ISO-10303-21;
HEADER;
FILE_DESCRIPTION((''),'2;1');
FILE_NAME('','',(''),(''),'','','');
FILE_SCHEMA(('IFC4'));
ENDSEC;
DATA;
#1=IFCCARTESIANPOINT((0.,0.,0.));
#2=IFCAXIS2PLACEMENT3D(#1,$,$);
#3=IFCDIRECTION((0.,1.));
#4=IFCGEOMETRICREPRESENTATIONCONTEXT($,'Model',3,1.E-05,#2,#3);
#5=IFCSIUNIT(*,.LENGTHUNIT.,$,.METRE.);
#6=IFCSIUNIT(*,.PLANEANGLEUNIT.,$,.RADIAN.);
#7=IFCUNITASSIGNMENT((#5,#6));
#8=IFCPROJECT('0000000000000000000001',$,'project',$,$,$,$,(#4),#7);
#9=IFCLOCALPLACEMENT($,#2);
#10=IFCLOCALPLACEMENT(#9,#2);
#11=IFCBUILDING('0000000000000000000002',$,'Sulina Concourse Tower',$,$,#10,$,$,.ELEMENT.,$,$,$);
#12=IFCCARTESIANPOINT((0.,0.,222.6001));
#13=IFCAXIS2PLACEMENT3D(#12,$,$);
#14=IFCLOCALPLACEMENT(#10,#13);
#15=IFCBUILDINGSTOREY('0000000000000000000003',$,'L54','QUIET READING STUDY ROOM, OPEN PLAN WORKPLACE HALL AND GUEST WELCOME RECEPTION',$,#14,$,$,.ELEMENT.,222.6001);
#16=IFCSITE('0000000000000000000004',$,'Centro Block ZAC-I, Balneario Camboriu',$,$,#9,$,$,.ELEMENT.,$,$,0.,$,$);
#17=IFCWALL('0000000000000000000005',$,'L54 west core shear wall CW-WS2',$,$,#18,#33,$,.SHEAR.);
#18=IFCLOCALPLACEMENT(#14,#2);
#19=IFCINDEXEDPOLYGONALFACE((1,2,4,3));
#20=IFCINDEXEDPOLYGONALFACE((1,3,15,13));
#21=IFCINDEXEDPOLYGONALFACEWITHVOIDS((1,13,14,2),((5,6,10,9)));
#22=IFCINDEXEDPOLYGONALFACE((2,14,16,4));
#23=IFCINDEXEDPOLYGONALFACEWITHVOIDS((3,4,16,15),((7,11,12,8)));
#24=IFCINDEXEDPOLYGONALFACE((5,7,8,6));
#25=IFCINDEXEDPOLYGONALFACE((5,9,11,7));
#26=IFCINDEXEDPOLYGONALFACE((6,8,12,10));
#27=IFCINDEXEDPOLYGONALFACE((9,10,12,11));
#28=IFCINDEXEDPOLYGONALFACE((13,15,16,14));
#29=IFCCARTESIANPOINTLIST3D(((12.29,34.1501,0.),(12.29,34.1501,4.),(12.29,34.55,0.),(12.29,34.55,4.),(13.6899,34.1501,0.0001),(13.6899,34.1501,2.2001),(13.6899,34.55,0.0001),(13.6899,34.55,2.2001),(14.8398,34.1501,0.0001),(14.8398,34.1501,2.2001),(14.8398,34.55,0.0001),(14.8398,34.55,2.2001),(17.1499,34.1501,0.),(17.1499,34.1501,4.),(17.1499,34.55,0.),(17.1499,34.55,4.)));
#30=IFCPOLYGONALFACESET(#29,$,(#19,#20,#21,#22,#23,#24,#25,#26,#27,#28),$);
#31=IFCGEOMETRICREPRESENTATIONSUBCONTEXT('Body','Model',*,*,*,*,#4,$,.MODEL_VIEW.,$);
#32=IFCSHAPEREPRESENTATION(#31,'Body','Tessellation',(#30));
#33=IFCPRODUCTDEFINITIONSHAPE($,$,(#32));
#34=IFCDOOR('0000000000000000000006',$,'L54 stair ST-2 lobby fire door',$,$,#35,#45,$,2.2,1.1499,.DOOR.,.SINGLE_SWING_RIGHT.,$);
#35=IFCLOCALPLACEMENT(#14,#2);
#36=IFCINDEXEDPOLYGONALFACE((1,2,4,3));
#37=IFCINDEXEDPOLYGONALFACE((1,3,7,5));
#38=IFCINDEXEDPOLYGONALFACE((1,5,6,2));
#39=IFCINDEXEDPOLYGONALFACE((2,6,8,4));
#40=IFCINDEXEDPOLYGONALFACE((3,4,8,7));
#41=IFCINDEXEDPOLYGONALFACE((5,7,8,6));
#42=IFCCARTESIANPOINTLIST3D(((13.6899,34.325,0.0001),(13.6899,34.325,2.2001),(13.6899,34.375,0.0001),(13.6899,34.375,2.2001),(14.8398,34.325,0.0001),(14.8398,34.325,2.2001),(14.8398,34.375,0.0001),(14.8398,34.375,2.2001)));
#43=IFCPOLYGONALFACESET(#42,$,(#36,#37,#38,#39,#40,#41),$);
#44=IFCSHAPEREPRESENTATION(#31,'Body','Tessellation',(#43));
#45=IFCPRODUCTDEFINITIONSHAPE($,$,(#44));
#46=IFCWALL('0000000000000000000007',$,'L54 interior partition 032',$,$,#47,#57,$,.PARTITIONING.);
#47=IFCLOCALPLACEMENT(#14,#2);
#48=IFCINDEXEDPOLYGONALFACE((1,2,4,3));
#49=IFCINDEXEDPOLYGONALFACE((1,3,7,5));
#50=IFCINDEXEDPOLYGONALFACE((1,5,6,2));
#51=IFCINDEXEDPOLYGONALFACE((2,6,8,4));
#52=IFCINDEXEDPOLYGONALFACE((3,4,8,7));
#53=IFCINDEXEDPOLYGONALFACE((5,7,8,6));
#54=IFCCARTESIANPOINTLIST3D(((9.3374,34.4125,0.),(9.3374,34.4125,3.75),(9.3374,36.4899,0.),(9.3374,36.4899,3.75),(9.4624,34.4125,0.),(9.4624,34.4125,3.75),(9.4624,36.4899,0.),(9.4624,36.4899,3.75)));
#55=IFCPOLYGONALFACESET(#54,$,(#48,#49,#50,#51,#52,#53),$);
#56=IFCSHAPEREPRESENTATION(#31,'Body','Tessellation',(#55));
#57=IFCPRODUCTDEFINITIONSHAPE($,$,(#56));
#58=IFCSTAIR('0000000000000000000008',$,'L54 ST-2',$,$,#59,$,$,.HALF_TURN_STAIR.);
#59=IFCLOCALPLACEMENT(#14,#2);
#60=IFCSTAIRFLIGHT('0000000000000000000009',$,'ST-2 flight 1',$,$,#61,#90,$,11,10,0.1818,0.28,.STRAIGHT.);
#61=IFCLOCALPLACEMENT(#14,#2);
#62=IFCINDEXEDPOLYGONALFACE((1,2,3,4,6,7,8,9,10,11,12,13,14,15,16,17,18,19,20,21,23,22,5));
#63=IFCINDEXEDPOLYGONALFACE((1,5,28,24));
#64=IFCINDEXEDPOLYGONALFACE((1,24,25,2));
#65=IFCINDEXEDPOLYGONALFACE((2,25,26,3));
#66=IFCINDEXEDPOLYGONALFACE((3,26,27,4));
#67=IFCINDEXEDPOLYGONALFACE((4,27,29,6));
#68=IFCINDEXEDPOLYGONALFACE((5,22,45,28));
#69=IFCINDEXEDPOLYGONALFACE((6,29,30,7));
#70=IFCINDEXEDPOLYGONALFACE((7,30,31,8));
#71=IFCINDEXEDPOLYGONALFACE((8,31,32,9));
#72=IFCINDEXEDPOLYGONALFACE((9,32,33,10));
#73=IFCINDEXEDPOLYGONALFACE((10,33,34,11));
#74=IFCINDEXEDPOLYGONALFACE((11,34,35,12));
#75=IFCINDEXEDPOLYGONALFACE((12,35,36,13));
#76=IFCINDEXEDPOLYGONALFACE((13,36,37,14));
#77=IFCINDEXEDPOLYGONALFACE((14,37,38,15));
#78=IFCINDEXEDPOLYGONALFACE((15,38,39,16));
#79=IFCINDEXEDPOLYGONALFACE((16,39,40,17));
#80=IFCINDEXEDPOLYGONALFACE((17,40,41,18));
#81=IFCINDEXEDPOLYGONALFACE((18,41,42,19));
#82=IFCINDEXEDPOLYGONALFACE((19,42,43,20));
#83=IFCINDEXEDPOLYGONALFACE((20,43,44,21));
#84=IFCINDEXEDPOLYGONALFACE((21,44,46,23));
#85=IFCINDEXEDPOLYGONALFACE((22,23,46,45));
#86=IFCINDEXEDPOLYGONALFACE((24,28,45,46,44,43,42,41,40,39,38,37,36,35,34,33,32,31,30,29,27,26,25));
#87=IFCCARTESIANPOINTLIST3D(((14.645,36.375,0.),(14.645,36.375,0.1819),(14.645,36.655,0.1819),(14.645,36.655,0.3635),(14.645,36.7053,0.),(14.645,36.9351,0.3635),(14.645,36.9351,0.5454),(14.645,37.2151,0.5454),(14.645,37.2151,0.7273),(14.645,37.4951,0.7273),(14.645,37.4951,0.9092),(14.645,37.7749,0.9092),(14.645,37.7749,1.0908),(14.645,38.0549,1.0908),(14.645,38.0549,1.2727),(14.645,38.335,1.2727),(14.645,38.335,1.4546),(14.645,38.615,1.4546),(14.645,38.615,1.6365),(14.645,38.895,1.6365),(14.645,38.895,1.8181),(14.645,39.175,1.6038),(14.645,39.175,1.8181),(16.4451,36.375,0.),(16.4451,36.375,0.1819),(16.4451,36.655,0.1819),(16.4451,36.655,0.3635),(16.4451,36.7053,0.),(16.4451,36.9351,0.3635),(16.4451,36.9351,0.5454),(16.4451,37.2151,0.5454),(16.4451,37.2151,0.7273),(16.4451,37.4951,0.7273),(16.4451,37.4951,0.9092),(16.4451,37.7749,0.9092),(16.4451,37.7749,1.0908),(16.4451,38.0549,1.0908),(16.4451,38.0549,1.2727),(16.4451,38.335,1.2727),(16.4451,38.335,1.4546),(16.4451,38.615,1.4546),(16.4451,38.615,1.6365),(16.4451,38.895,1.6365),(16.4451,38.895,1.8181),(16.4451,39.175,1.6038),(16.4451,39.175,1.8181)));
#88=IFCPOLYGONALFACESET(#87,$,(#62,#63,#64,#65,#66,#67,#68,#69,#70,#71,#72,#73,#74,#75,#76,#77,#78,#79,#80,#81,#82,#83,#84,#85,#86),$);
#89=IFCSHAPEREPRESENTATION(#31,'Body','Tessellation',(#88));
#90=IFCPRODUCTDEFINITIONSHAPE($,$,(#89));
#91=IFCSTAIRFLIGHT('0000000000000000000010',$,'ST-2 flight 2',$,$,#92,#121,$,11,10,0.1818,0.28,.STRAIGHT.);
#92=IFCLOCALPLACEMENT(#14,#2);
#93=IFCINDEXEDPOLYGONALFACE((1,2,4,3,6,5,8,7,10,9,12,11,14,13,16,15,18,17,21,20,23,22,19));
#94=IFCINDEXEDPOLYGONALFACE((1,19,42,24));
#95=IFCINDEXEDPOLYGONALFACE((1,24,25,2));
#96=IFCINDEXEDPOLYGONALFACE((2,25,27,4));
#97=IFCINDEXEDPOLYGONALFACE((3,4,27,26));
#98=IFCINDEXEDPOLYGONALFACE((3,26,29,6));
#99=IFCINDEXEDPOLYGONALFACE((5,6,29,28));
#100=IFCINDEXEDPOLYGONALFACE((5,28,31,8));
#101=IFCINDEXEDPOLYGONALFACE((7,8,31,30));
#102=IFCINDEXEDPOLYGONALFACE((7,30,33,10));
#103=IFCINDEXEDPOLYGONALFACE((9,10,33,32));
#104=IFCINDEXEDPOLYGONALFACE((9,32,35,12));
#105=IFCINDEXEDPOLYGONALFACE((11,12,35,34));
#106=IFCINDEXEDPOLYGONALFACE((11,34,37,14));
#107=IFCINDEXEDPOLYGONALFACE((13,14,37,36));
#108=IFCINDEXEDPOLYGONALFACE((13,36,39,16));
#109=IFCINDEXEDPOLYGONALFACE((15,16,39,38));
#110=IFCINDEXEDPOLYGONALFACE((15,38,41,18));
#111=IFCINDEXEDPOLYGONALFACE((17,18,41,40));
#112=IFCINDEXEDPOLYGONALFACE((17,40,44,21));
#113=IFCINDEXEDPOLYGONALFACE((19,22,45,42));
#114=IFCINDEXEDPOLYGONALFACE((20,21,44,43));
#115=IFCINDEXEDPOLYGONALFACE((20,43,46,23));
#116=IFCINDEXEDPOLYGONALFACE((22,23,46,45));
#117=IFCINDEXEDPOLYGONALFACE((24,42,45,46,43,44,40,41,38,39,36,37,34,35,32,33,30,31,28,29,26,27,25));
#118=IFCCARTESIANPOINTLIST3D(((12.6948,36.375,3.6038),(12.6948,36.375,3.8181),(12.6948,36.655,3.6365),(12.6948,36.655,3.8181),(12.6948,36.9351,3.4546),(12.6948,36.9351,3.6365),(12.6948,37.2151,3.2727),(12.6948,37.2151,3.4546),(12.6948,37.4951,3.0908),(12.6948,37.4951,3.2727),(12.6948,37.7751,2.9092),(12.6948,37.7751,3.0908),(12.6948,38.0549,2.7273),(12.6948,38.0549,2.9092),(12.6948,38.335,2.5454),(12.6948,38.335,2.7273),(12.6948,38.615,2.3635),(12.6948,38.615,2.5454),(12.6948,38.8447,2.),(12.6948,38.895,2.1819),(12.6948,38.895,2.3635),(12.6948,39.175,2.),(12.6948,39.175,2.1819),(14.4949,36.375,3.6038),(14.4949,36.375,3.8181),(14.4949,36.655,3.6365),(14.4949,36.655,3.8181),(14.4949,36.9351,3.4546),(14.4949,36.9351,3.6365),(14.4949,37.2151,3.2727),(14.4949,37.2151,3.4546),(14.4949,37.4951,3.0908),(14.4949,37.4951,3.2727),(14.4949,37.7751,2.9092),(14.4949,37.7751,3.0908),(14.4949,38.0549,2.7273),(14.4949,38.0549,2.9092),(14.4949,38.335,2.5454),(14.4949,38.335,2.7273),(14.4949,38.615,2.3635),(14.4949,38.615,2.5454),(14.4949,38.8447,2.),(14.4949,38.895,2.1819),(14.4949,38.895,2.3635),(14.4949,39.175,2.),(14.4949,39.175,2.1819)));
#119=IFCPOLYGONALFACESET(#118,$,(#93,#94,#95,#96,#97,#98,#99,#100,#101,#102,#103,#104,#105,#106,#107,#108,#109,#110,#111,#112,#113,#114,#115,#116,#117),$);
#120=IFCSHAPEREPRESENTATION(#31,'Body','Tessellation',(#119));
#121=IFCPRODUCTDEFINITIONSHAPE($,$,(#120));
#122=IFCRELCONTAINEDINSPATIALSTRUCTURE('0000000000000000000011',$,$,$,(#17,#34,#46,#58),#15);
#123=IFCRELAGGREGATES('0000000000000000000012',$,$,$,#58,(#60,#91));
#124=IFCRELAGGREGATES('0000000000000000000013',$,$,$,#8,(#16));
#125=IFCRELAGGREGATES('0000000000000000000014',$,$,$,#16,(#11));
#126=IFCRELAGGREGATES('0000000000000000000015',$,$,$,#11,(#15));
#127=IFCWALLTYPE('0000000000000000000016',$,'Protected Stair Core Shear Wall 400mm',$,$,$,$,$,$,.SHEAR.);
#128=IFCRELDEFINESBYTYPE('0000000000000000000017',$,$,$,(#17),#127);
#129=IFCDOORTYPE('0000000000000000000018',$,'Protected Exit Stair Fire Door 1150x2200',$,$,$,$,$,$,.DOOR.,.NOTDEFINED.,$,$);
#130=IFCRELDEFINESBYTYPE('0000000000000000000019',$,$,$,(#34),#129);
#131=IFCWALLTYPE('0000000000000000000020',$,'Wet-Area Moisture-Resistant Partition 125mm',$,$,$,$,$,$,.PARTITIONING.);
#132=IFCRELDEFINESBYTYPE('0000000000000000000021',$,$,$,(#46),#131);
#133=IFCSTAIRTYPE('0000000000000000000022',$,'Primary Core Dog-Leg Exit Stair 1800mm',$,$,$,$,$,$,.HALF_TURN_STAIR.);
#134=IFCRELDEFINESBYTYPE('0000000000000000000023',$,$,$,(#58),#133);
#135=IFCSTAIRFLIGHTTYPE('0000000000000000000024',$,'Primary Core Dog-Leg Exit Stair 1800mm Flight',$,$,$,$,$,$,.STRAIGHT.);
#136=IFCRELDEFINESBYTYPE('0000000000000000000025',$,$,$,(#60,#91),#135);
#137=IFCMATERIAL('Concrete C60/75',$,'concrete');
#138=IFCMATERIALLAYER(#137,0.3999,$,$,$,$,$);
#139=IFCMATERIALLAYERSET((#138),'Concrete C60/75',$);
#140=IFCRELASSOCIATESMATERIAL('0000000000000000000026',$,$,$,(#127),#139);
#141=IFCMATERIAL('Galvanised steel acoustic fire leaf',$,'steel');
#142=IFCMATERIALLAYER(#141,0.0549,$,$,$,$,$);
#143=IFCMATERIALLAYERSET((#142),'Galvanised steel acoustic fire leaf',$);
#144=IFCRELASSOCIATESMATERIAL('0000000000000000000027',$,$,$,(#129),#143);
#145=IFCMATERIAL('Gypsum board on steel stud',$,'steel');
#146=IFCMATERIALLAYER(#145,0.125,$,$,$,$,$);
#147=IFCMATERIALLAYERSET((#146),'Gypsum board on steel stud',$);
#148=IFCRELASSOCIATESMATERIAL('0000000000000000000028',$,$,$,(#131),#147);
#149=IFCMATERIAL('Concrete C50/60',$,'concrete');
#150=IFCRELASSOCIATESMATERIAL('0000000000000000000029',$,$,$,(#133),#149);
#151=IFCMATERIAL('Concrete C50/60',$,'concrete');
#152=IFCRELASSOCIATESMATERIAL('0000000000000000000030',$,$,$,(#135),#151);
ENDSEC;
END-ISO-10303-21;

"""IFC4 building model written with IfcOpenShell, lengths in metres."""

from ifc_helpers import new_model, si_unit, direction, frame, frame_2d, origin, place, context, subcontext, project, spatial, polyline, rectangle, outline, extrude, material, layer, layer_set, type_object, element, fill, aggregate, save


model = new_model("IFC4")

# Units and contexts
model_context = context("Model", 3, precision=1e-05, world=origin(), true_north=direction((0.0, 1.0)))
body_context = subcontext(model_context, "Body", "Model", "MODEL_VIEW")
ifc_project = project(units=[si_unit("LENGTHUNIT", "METRE"), si_unit("PLANEANGLEUNIT", "RADIAN")], contexts=[model_context])

# Site, building, storey
site_placement = place(None, origin())
site = spatial("IfcSite", under=ifc_project, at=site_placement, Name="Centro Block ZAC-I, Balneario Camboriu", CompositionType="ELEMENT", RefElevation=0.0)
building_placement = place(site_placement, origin())
building = spatial("IfcBuilding", under=site, at=building_placement, Name="Sulina Concourse Tower", CompositionType="ELEMENT")
storey_placement = place(building_placement, frame((0.0, 0.0, 222.6001)))
storey = spatial("IfcBuildingStorey", under=building, at=storey_placement, Name="L54", Description="QUIET READING STUDY ROOM, OPEN PLAN WORKPLACE HALL AND GUEST WELCOME RECEPTION", CompositionType="ELEMENT", Elevation=222.6001)

# Wall, opening, door
ifc_material_1 = material(Name="Concrete C60/75", Category="concrete")
ifc_layer_1 = layer(ifc_material_1, 0.3999)
ifc_layer_set_1 = layer_set([ifc_layer_1], Name="Concrete C60/75")
wall_type_1 = type_object("IfcWallType", Name="Protected Stair Core Shear Wall 400mm", PredefinedType="SHEAR", material=ifc_layer_set_1)
wall_1_placement = place(storey_placement, frame((12.29, 34.3501, 0.0), z_axis=(0.0, 0.0, 1.0), x_axis=(1.0, 0.0, 0.0)))
wall_1 = element("IfcWall", 1, at=wall_1_placement, inside=storey, type_object=wall_type_1, Name="L54 west core shear wall CW-WS2", PredefinedType="SHEAR", context=body_context, shape_type="SweptSolid", body=[
    extrude(rectangle(XDim=4.8599, YDim=0.3999, at=frame_2d((2.4299, 0.0))), origin(), (0.0, 0.0, 1.0), 4.0),
])
opening_1_placement = place(wall_1_placement, frame((1.3999, 0.0, 0.0)))
opening_1 = element("IfcOpeningElement", 2, at=opening_1_placement, cuts=wall_1, PredefinedType="OPENING", context=body_context, shape_type="SweptSolid", body=[
    extrude(rectangle(XDim=1.1499, YDim=2.2, at=frame_2d((0.575, 1.1001))), frame((0.0, 0.21, 0.0), z_axis=(0.0, -1.0, 0.0), x_axis=(1.0, 0.0, 0.0)), (0.0, 0.0, 1.0), 0.4199),
])
ifc_material_2 = material(Name="Galvanised steel acoustic fire leaf", Category="steel")
ifc_layer_2 = layer(ifc_material_2, 0.0549)
ifc_layer_set_2 = layer_set([ifc_layer_2], Name="Galvanised steel acoustic fire leaf")
door_type_1 = type_object("IfcDoorType", Name="Protected Exit Stair Fire Door 1150x2200", OperationType="NOTDEFINED", PredefinedType="DOOR", material=ifc_layer_set_2)
door_1_placement = place(opening_1_placement, origin())
door_1 = element("IfcDoor", 3, at=door_1_placement, inside=storey, type_object=door_type_1, Name="L54 stair ST-2 lobby fire door", OperationType="SINGLE_SWING_RIGHT", OverallHeight=2.2, OverallWidth=1.1499, PredefinedType="DOOR", context=body_context, shape_type="SweptSolid", body=[
    extrude(rectangle(XDim=1.1499, YDim=2.2, at=frame_2d((0.575, 1.1001))), frame((0.0, 0.0249, 0.0), z_axis=(0.0, -1.0, 0.0), x_axis=(1.0, 0.0, 0.0)), (0.0, 0.0, 1.0), 0.05),
])
fill(opening_1, door_1)

# Wall
ifc_material_3 = material(Name="Gypsum board on steel stud", Category="steel")
ifc_layer_3 = layer(ifc_material_3, 0.125)
ifc_layer_set_3 = layer_set([ifc_layer_3], Name="Gypsum board on steel stud")
wall_type_2 = type_object("IfcWallType", Name="Wet-Area Moisture-Resistant Partition 125mm", PredefinedType="PARTITIONING", material=ifc_layer_set_3)
wall_2_placement = place(storey_placement, frame((9.3999, 34.4126, 0.0), z_axis=(0.0, 0.0, 1.0), x_axis=(0.0, 1.0, 0.0)))
element("IfcWall", 4, at=wall_2_placement, inside=storey, type_object=wall_type_2, Name="L54 interior partition 032", PredefinedType="PARTITIONING", context=body_context, shape_type="SweptSolid", body=[
    extrude(rectangle(XDim=2.0774, YDim=0.125, at=frame_2d((1.0386, 0.0))), origin(), (0.0, 0.0, 1.0), 3.75),
])

# Stair, stair flights
ifc_material_4 = material(Name="Concrete C50/60", Category="concrete")
stair_type = type_object("IfcStairType", Name="Primary Core Dog-Leg Exit Stair 1800mm", PredefinedType="HALF_TURN_STAIR", material=ifc_material_4)
stair_placement = place(storey_placement, origin())
stair = element("IfcStair", 5, at=stair_placement, inside=storey, type_object=stair_type, Name="L54 ST-2", PredefinedType="HALF_TURN_STAIR")
ifc_material_5 = material(Name="Concrete C50/60", Category="concrete")
stair_flight_type = type_object("IfcStairFlightType", Name="Primary Core Dog-Leg Exit Stair 1800mm Flight", PredefinedType="STRAIGHT", material=ifc_material_5)
stair_flight_1_placement = place(storey_placement, frame((15.5449, 36.375, 0.0), z_axis=(0.0, 0.0, 1.0), x_axis=(0.0, 1.0, 0.0)))
stair_flight_1 = element("IfcStairFlight", 6, at=stair_flight_1_placement, type_object=stair_flight_type, Name="ST-2 flight 1", NumberOfRisers=11, NumberOfTreads=10, PredefinedType="STRAIGHT", RiserHeight=0.1818, TreadLength=0.28, context=body_context, shape_type="SweptSolid", body=[
    extrude(outline(polyline([(0.0, 0.0), (0.0, 0.1819), (0.28, 0.1819), (0.28, 0.3635), (0.5601, 0.3635), (0.5601, 0.5454), (0.8401, 0.5454), (0.8401, 0.7273), (1.1201, 0.7273), (1.1201, 0.9092), (1.3999, 0.9092), (1.3999, 1.0908), (1.6799, 1.0908), (1.6799, 1.2727), (1.96, 1.2727), (1.96, 1.4546), (2.24, 1.4546), (2.24, 1.6365), (2.52, 1.6365), (2.52, 1.8181), (2.8, 1.8181), (2.8, 2.0), (2.8, 1.6038), (0.3303, 0.0), (0.0, 0.0)])), frame((0.0, 0.8999, 0.0), z_axis=(0.0, -1.0, 0.0), x_axis=(1.0, 0.0, 0.0)), (0.0, 0.0, 1.0), 1.8),
])
stair_flight_2_placement = place(storey_placement, frame((13.595, 39.175, 2.0), z_axis=(0.0, 0.0, 1.0), x_axis=(0.0, -1.0, 0.0)))
stair_flight_2 = element("IfcStairFlight", 7, at=stair_flight_2_placement, type_object=stair_flight_type, Name="ST-2 flight 2", NumberOfRisers=11, NumberOfTreads=10, PredefinedType="STRAIGHT", RiserHeight=0.1818, TreadLength=0.28, context=body_context, shape_type="SweptSolid", body=[
    extrude(outline(polyline([(0.0, 0.0), (0.0, 0.1819), (0.28, 0.1819), (0.28, 0.3635), (0.5601, 0.3635), (0.5601, 0.5454), (0.8401, 0.5454), (0.8401, 0.7273), (1.1201, 0.7273), (1.1201, 0.9092), (1.3999, 0.9092), (1.3999, 1.0908), (1.6799, 1.0908), (1.6799, 1.2727), (1.96, 1.2727), (1.96, 1.4546), (2.24, 1.4546), (2.24, 1.6365), (2.52, 1.6365), (2.52, 1.8181), (2.8, 1.8181), (2.8, 2.0), (2.8, 1.6038), (0.3303, 0.0), (0.0, 0.0)])), frame((0.0, 0.8999, 0.0), z_axis=(0.0, -1.0, 0.0), x_axis=(1.0, 0.0, 0.0)), (0.0, 0.0, 1.0), 1.8),
])
aggregate(stair, [stair_flight_1, stair_flight_2])

save(model, "model.ifc")
